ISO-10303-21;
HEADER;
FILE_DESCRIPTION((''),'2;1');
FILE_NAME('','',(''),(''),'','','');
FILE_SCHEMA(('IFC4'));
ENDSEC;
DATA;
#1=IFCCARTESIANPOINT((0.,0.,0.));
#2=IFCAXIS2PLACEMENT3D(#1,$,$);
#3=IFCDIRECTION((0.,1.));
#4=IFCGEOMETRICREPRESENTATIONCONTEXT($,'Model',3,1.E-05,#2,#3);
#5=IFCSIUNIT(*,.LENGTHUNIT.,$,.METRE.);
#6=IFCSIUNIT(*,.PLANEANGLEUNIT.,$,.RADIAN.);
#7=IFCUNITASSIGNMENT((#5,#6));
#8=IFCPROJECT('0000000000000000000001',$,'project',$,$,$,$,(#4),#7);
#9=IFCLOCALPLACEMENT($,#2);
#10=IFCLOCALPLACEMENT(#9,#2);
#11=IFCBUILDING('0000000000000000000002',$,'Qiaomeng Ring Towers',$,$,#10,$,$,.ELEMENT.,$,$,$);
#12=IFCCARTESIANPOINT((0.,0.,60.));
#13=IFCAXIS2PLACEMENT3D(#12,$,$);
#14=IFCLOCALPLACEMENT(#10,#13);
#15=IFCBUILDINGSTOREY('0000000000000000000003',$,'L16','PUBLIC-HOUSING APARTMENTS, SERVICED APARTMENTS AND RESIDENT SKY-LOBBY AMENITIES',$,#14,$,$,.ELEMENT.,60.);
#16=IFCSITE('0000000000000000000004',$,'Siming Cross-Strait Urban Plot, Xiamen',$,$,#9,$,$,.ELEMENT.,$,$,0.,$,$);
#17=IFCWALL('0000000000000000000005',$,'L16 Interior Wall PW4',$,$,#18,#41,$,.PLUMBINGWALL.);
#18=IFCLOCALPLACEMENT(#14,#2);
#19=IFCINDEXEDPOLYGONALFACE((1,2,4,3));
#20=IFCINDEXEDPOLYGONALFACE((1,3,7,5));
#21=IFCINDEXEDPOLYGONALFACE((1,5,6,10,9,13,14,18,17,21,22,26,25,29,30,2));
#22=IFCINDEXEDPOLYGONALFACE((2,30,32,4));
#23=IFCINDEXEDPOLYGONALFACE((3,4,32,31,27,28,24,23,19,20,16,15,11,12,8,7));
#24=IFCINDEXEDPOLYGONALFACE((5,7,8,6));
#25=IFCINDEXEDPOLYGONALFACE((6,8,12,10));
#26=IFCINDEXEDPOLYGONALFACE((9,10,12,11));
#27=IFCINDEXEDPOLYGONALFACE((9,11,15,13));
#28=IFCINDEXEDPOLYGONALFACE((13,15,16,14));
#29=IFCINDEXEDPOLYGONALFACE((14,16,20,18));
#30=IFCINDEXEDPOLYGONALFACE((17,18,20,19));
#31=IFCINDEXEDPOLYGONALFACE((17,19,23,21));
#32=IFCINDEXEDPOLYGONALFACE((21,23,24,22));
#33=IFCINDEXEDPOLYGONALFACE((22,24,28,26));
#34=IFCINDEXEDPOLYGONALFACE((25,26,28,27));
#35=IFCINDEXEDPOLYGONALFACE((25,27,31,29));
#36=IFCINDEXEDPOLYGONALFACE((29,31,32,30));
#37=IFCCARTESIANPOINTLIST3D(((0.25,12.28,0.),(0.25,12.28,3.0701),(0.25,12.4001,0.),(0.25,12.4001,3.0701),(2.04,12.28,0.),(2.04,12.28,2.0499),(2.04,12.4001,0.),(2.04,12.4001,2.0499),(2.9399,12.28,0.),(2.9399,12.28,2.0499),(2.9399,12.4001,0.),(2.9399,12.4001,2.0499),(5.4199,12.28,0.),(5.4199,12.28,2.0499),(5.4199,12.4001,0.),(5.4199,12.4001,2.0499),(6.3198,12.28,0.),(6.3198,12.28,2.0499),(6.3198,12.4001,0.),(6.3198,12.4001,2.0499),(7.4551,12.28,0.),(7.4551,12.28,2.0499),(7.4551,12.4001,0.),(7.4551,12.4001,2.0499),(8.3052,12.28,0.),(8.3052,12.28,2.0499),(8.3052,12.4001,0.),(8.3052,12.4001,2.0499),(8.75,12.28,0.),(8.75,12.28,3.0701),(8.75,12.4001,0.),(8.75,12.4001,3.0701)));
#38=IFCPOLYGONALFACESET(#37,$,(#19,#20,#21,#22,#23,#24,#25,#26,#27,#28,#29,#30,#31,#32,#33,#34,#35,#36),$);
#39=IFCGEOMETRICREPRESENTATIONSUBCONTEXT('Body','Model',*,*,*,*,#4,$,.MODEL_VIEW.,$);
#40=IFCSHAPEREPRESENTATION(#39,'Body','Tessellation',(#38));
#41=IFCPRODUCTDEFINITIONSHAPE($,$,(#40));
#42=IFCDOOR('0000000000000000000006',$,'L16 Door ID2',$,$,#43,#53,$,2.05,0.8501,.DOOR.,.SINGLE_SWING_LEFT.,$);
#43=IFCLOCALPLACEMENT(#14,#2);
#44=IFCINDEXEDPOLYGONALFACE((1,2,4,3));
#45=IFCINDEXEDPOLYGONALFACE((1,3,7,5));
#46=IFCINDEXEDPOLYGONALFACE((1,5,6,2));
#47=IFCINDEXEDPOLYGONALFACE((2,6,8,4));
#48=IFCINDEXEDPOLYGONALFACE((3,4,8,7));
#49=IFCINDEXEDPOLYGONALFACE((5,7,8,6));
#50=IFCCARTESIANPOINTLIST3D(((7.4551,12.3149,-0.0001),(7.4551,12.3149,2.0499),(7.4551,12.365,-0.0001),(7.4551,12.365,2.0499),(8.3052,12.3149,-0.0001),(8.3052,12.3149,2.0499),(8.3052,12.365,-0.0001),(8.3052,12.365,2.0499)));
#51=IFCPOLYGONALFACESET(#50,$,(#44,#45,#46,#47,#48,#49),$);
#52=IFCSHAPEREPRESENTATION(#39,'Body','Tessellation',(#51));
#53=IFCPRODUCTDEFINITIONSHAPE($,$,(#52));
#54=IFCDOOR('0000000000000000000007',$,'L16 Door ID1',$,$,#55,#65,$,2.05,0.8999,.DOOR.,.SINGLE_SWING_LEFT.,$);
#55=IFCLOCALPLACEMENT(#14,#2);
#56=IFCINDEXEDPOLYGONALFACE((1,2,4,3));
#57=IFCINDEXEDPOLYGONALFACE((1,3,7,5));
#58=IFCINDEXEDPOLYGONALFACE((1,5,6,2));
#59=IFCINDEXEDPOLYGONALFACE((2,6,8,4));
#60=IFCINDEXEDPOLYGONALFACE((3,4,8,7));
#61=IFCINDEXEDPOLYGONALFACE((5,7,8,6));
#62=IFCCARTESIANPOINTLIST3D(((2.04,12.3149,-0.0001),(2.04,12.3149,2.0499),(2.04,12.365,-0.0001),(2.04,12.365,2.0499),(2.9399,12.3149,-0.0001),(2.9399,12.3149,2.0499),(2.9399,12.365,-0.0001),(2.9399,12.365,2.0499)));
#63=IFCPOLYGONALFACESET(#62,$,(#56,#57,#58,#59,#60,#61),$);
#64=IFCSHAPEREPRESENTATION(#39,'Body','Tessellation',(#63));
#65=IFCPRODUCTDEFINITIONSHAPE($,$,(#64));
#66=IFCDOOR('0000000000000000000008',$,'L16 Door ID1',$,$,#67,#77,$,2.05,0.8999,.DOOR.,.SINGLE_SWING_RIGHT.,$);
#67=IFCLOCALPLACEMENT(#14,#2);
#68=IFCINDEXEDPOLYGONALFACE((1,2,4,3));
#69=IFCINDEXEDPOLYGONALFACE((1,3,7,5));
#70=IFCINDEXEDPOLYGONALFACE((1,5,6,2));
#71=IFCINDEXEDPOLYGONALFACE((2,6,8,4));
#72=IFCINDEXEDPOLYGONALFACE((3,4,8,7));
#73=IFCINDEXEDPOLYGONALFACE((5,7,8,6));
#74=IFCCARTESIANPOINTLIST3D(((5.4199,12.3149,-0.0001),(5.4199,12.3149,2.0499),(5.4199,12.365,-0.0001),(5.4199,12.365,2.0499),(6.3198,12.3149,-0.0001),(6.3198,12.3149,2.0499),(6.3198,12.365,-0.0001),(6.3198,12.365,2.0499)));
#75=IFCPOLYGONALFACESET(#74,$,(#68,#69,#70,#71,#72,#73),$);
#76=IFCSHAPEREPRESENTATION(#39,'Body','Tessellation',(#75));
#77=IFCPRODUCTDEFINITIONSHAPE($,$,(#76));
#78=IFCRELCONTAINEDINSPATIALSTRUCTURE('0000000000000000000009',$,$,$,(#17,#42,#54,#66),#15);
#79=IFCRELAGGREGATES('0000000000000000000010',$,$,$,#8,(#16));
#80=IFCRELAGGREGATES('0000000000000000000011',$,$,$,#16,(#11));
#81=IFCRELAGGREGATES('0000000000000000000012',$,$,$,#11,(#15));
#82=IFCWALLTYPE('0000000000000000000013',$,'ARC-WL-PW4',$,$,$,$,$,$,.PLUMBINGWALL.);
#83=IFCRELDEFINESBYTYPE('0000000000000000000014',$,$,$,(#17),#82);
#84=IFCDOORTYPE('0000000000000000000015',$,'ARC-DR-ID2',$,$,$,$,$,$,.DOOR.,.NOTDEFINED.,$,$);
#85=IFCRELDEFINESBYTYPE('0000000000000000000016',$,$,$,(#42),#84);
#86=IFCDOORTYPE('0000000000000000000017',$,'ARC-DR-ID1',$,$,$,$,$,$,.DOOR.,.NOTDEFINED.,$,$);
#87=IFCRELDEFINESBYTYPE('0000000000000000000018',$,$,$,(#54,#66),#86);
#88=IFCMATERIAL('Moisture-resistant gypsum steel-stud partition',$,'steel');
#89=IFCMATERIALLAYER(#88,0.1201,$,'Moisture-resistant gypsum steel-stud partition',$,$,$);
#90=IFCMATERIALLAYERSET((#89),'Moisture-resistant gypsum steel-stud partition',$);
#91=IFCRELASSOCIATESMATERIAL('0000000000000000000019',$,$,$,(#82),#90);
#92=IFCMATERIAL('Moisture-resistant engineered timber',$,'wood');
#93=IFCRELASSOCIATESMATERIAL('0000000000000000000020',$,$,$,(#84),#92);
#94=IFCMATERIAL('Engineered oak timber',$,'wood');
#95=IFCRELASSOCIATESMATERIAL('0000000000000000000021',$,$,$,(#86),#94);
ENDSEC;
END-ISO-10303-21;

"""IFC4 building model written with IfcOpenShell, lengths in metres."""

from ifc_helpers import new_model, si_unit, direction, frame, frame_2d, origin, place, context, subcontext, project, spatial, rectangle, extrude, source, transform, mapped, material, layer, layer_set, type_object, element, fill, save


model = new_model("IFC4")

# Units and contexts
model_context = context("Model", 3, precision=1e-05, world=origin(), true_north=direction((0.0, 1.0)))
body_context = subcontext(model_context, "Body", "Model", "MODEL_VIEW")
ifc_project = project(units=[si_unit("LENGTHUNIT", "METRE"), si_unit("PLANEANGLEUNIT", "RADIAN")], contexts=[model_context])

# Site, building, storey
site_placement = place(None, origin())
site = spatial("IfcSite", under=ifc_project, at=site_placement, Name="Siming Cross-Strait Urban Plot, Xiamen", CompositionType="ELEMENT", RefElevation=0.0)
building_placement = place(site_placement, origin())
building = spatial("IfcBuilding", under=site, at=building_placement, Name="Qiaomeng Ring Towers", CompositionType="ELEMENT")
storey_placement = place(building_placement, frame((0.0, 0.0, 60.0)))
storey = spatial("IfcBuildingStorey", under=building, at=storey_placement, Name="L16", Description="PUBLIC-HOUSING APARTMENTS, SERVICED APARTMENTS AND RESIDENT SKY-LOBBY AMENITIES", CompositionType="ELEMENT", Elevation=60.0)

# Wall, openings, doors
ifc_material_1 = material(Name="Moisture-resistant gypsum steel-stud partition", Category="steel")
ifc_layer_1 = layer(ifc_material_1, 0.1201, Name="Moisture-resistant gypsum steel-stud partition")
ifc_layer_set_1 = layer_set([ifc_layer_1], Name="Moisture-resistant gypsum steel-stud partition")
wall_type_1 = type_object("IfcWallType", Name="ARC-WL-PW4", PredefinedType="PLUMBINGWALL", material=ifc_layer_set_1)
wall_1_placement = place(storey_placement, frame((0.25, 12.3401, 0.0), z_axis=(0.0, 0.0, 1.0), x_axis=(1.0, 0.0, 0.0)))
wall_1 = element("IfcWall", 1, at=wall_1_placement, inside=storey, type_object=wall_type_1, Name="L16 Interior Wall PW4", PredefinedType="PLUMBINGWALL", context=body_context, shape_type="SweptSolid", body=[
    extrude(rectangle(XDim=8.5, YDim=0.1201, at=frame_2d((4.25, 0.0))), origin(), (0.0, 0.0, 1.0), 3.0701),
])
opening_1_placement = place(wall_1_placement, frame((1.79, 0.0, 0.0)))
opening_1 = element("IfcOpeningElement", 2, at=opening_1_placement, cuts=wall_1, PredefinedType="OPENING", context=body_context, shape_type="SweptSolid", body=[
    extrude(rectangle(XDim=0.8999, YDim=2.05, at=frame_2d((0.45, 1.0249))), frame((0.0, 0.0701, 0.0), z_axis=(0.0, -1.0, 0.0), x_axis=(1.0, 0.0, 0.0)), (0.0, 0.0, 1.0), 0.1401),
])
opening_2_placement = place(wall_1_placement, frame((5.1699, 0.0, 0.0)))
opening_2 = element("IfcOpeningElement", 3, at=opening_2_placement, cuts=wall_1, PredefinedType="OPENING", context=body_context, shape_type="SweptSolid", body=[
    extrude(rectangle(XDim=0.8999, YDim=2.05, at=frame_2d((0.45, 1.0249))), frame((0.0, 0.0701, 0.0), z_axis=(0.0, -1.0, 0.0), x_axis=(1.0, 0.0, 0.0)), (0.0, 0.0, 1.0), 0.1401),
])
opening_3_placement = place(wall_1_placement, frame((7.2051, 0.0, 0.0)))
opening_3 = element("IfcOpeningElement", 4, at=opening_3_placement, cuts=wall_1, PredefinedType="OPENING", context=body_context, shape_type="SweptSolid", body=[
    extrude(rectangle(XDim=0.8501, YDim=2.05, at=frame_2d((0.425, 1.0249))), frame((0.0, 0.0701, 0.0), z_axis=(0.0, -1.0, 0.0), x_axis=(1.0, 0.0, 0.0)), (0.0, 0.0, 1.0), 0.1401),
])
ifc_material_2 = material(Name="Moisture-resistant engineered timber", Category="wood")
door_type_1 = type_object("IfcDoorType", Name="ARC-DR-ID2", OperationType="NOTDEFINED", PredefinedType="DOOR", material=ifc_material_2)
shared_shape_1 = source(origin(), body_context, "Body", "SweptSolid", [
    extrude(rectangle(XDim=0.8501, YDim=2.05, at=frame_2d((0.425, 1.0249))), frame((0.0, 0.0249, 0.0), z_axis=(0.0, -1.0, 0.0), x_axis=(1.0, 0.0, 0.0)), (0.0, 0.0, 1.0), 0.05),
])
door_1_placement = place(opening_3_placement, origin())
door_1 = element("IfcDoor", 5, at=door_1_placement, inside=storey, type_object=door_type_1, Name="L16 Door ID2", OperationType="SINGLE_SWING_LEFT", OverallHeight=2.05, OverallWidth=0.8501, PredefinedType="DOOR", context=body_context, shape_type="MappedRepresentation", body=[
    mapped(shared_shape_1, transform((0.0, 0.0, 0.0), x_axis=(1.0, 0.0, 0.0), y_axis=(0.0, 1.0, 0.0), z_axis=(0.0, 0.0, 1.0), scale=1.0)),
])
fill(opening_3, door_1)
ifc_material_3 = material(Name="Engineered oak timber", Category="wood")
door_type_2 = type_object("IfcDoorType", Name="ARC-DR-ID1", OperationType="NOTDEFINED", PredefinedType="DOOR", material=ifc_material_3)
shared_shape_2 = source(origin(), body_context, "Body", "SweptSolid", [
    extrude(rectangle(XDim=0.8999, YDim=2.05, at=frame_2d((0.45, 1.0249))), frame((0.0, 0.0249, 0.0), z_axis=(0.0, -1.0, 0.0), x_axis=(1.0, 0.0, 0.0)), (0.0, 0.0, 1.0), 0.05),
])
door_2_placement = place(opening_1_placement, origin())
door_2 = element("IfcDoor", 6, at=door_2_placement, inside=storey, type_object=door_type_2, Name="L16 Door ID1", OperationType="SINGLE_SWING_LEFT", OverallHeight=2.05, OverallWidth=0.8999, PredefinedType="DOOR", context=body_context, shape_type="MappedRepresentation", body=[
    mapped(shared_shape_2, transform((0.0, 0.0, 0.0), x_axis=(1.0, 0.0, 0.0), y_axis=(0.0, 1.0, 0.0), z_axis=(0.0, 0.0, 1.0), scale=1.0)),
])
fill(opening_1, door_2)
door_3_placement = place(opening_2_placement, origin())
door_3 = element("IfcDoor", 7, at=door_3_placement, inside=storey, type_object=door_type_2, Name="L16 Door ID1", OperationType="SINGLE_SWING_RIGHT", OverallHeight=2.05, OverallWidth=0.8999, PredefinedType="DOOR", context=body_context, shape_type="MappedRepresentation", body=[
    mapped(shared_shape_2, transform((0.0, 0.0, 0.0), x_axis=(1.0, 0.0, 0.0), y_axis=(0.0, 1.0, 0.0), z_axis=(0.0, 0.0, 1.0), scale=1.0)),
])
fill(opening_2, door_3)

save(model, "model.ifc")
